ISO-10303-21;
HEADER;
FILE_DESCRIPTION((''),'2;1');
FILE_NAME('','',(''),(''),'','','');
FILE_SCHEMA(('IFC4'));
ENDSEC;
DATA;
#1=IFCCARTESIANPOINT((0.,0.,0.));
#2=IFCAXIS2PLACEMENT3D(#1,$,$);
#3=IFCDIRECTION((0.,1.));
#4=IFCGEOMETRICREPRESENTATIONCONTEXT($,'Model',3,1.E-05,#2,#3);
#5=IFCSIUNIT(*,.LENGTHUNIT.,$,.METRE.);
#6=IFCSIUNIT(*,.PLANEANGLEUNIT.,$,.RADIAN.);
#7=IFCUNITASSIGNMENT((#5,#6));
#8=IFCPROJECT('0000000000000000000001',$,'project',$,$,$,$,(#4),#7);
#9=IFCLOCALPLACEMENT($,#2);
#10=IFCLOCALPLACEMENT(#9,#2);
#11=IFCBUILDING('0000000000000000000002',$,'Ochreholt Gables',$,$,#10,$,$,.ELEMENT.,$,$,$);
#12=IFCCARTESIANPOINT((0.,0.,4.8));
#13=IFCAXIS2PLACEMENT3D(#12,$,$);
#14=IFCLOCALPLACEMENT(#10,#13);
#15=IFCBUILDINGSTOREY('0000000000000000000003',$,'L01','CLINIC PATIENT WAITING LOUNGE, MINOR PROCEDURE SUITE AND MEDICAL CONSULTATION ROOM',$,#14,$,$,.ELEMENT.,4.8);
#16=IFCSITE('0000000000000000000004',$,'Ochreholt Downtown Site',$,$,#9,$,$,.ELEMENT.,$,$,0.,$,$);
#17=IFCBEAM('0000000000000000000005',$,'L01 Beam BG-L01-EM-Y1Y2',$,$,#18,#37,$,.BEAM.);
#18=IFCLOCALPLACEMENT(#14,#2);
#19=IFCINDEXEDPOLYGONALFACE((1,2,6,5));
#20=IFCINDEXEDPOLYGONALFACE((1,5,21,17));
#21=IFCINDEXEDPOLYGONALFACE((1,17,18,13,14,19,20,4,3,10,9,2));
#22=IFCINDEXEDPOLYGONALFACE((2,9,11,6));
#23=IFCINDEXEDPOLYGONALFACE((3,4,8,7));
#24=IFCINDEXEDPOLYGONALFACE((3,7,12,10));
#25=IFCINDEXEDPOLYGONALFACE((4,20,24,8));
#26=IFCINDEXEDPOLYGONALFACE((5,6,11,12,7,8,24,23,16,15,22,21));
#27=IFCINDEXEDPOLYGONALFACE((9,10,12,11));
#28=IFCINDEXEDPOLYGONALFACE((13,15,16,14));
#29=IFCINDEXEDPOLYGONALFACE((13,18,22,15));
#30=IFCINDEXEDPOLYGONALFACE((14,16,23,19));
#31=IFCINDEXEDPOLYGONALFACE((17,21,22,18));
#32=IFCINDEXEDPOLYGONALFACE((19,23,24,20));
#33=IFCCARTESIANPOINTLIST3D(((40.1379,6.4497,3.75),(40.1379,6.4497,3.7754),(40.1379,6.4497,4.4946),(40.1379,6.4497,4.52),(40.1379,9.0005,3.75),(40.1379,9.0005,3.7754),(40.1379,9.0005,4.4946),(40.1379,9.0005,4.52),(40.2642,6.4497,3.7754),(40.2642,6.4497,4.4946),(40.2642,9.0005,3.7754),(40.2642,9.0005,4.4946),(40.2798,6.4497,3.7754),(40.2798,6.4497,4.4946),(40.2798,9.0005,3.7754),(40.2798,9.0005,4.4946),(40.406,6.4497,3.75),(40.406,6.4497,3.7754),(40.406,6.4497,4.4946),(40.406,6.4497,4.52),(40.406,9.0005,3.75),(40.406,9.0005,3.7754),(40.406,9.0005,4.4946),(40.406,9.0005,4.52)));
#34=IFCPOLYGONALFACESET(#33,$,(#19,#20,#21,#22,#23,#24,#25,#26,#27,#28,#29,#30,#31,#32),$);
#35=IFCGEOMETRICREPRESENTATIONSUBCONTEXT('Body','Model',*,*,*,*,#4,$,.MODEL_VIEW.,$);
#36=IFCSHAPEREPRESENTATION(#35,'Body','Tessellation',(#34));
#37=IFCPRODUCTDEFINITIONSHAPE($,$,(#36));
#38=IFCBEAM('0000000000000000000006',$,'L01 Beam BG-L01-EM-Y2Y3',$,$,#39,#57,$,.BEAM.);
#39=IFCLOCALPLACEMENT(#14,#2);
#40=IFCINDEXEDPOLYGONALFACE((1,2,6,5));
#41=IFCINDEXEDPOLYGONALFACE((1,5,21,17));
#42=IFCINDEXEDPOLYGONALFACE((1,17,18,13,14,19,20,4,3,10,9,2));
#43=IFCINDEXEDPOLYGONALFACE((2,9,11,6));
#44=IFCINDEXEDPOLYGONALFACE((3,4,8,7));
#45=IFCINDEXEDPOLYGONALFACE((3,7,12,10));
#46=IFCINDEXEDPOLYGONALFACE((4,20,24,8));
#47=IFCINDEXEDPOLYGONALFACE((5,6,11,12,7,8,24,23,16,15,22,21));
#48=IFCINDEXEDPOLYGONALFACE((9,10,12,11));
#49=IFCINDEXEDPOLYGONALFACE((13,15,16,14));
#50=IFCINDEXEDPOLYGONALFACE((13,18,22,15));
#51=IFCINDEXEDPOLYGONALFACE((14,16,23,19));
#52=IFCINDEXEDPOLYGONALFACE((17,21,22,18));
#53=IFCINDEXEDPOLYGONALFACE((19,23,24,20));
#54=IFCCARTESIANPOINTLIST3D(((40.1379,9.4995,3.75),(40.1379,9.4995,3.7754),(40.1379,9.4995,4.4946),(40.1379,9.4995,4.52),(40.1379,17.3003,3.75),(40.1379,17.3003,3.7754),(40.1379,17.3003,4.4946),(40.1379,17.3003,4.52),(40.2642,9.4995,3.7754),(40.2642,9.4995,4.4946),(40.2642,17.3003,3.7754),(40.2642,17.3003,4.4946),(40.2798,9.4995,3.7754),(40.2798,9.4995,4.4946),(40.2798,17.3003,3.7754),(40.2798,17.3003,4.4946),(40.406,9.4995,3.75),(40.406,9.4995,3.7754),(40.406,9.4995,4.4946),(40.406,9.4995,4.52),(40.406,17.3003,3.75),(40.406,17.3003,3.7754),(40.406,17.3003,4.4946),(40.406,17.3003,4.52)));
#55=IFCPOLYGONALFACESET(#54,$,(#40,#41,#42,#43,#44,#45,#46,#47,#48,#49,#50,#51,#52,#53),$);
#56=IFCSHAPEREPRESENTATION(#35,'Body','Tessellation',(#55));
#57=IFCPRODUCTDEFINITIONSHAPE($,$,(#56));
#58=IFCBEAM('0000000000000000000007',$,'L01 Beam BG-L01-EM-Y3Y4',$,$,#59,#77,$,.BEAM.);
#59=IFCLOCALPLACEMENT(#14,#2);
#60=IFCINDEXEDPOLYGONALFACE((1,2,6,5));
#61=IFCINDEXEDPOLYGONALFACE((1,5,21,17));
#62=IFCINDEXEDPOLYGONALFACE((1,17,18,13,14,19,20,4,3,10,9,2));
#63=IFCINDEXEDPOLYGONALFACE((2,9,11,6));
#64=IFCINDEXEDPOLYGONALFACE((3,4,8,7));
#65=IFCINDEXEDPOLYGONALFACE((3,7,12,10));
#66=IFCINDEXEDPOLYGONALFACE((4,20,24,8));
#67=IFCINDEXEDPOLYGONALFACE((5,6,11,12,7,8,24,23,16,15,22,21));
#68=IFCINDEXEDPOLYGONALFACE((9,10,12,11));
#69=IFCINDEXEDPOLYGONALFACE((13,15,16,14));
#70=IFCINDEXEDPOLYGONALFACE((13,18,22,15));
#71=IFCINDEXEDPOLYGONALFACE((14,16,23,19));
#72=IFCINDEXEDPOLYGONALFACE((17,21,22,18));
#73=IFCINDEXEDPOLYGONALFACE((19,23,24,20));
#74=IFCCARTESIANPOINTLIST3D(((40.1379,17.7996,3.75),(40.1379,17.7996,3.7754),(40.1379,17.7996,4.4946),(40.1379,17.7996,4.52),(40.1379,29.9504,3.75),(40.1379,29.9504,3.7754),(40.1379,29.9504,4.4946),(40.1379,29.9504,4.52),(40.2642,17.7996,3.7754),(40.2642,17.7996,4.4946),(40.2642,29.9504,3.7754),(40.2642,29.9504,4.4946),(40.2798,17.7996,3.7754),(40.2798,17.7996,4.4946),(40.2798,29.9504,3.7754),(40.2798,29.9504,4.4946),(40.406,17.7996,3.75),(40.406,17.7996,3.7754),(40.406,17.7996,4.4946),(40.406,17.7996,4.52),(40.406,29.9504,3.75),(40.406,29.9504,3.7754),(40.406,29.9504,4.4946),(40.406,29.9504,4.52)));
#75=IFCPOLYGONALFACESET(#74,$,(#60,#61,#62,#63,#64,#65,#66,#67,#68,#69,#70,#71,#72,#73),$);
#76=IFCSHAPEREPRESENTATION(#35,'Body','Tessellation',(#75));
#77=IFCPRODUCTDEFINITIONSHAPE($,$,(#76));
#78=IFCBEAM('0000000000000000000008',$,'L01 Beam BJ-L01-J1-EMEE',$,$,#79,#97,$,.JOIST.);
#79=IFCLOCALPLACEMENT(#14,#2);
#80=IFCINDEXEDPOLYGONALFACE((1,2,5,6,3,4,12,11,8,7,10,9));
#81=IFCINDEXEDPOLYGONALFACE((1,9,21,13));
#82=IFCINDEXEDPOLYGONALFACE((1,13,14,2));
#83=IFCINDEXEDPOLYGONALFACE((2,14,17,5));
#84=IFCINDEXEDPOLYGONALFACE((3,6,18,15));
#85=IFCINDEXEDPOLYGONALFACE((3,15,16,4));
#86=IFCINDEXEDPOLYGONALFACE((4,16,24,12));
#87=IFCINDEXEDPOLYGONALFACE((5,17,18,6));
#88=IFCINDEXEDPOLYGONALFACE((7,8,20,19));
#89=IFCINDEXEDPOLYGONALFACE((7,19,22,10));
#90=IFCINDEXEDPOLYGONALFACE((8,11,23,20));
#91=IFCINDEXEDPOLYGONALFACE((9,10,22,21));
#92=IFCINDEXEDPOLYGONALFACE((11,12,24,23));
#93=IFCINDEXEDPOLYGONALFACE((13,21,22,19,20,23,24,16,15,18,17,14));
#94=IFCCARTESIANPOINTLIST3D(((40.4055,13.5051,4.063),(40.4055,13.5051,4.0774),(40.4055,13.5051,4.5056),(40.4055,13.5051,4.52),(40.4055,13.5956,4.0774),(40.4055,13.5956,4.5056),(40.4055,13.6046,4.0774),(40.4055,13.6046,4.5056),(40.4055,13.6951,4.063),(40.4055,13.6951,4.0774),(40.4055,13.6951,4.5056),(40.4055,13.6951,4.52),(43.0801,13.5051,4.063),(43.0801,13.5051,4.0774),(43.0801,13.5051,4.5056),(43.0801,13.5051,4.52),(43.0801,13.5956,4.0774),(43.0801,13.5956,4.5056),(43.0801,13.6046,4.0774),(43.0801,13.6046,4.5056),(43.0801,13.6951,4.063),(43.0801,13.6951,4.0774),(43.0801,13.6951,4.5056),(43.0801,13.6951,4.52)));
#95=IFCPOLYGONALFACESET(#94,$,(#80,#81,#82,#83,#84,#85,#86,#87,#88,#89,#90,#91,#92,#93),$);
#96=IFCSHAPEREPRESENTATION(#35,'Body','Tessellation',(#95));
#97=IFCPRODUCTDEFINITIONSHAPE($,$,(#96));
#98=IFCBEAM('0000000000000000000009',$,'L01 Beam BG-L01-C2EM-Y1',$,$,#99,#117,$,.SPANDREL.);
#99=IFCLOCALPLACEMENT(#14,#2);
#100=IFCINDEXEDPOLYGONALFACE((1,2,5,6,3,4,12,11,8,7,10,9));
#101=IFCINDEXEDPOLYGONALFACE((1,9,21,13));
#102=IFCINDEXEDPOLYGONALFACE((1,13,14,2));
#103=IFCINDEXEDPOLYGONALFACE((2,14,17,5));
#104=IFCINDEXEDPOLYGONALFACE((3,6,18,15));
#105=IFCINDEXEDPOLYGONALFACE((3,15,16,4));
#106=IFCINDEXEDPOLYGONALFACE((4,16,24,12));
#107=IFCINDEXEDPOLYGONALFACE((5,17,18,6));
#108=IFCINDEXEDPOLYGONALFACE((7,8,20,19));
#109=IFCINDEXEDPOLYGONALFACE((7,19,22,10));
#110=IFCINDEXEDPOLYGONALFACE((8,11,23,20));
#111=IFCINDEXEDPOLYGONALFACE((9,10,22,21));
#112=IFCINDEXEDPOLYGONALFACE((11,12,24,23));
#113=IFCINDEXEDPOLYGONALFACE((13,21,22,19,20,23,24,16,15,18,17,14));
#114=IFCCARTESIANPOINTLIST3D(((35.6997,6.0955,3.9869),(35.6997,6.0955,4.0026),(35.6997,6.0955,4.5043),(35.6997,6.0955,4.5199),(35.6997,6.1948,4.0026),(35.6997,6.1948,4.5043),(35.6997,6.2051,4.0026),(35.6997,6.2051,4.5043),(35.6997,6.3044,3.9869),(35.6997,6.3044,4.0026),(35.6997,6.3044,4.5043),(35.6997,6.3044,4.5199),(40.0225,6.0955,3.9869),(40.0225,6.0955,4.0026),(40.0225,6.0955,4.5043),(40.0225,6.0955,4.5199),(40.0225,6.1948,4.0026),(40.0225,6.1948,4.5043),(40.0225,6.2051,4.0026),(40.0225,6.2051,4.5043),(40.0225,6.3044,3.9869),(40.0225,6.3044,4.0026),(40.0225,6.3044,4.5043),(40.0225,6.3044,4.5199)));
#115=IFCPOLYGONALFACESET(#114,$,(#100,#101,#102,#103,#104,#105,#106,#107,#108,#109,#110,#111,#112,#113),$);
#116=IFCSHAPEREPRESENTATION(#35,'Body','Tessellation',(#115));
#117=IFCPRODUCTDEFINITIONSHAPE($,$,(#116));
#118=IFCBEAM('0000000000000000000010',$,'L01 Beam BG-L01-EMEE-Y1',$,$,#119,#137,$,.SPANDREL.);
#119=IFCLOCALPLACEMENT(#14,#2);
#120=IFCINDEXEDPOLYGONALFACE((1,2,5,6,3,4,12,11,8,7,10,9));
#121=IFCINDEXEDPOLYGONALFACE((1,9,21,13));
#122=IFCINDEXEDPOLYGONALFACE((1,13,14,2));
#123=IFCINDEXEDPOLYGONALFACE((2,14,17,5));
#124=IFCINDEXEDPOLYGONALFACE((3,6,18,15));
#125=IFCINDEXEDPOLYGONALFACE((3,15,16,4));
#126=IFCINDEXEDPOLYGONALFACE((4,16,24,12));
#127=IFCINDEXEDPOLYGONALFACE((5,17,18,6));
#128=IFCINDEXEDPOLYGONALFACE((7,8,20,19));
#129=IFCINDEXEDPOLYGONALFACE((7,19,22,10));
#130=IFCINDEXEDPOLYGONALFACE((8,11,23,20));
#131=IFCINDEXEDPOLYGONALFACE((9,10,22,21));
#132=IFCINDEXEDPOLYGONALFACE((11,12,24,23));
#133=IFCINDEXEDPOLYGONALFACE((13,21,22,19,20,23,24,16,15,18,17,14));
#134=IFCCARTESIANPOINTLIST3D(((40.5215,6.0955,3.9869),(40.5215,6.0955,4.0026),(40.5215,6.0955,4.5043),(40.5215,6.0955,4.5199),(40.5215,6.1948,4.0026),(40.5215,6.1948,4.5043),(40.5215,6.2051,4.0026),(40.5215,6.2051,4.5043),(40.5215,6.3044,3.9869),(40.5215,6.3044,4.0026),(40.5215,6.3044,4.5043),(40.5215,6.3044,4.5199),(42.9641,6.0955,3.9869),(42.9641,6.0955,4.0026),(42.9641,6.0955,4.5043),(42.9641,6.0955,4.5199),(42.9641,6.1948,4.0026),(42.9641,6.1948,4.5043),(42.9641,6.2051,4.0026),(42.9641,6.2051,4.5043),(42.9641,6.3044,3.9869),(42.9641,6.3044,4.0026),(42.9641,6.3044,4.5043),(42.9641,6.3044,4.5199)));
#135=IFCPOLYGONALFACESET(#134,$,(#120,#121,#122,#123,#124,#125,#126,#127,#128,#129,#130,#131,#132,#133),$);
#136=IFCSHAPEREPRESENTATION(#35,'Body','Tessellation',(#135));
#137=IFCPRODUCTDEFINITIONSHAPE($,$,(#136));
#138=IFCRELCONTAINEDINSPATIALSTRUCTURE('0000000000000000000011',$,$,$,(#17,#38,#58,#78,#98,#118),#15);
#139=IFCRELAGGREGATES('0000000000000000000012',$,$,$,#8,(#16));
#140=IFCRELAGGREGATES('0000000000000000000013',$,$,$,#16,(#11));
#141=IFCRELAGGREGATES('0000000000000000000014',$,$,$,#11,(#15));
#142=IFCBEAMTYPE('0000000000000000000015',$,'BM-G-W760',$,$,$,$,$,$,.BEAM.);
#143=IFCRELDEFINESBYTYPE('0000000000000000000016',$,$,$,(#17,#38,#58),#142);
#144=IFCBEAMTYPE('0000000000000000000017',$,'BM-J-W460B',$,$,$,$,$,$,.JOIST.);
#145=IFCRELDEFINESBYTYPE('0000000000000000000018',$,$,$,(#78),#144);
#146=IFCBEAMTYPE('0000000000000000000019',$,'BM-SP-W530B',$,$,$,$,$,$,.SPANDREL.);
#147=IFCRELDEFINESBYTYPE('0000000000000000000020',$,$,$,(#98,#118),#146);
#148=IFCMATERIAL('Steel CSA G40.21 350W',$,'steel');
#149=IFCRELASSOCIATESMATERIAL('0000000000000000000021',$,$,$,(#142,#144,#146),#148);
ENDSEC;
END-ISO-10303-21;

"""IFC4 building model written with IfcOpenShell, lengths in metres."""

from ifc_helpers import new_model, si_unit, direction, frame, origin, origin_2d, place, context, subcontext, project, spatial, i_section, extrude, material, material_profile, profile_set, type_object, element, save


model = new_model("IFC4")

# Units and contexts
model_context = context("Model", 3, precision=1e-05, world=origin(), true_north=direction((0.0, 1.0)))
body_context = subcontext(model_context, "Body", "Model", "MODEL_VIEW")
ifc_project = project(units=[si_unit("LENGTHUNIT", "METRE"), si_unit("PLANEANGLEUNIT", "RADIAN")], contexts=[model_context])

# Site, building, storey
site_placement = place(None, origin())
site = spatial("IfcSite", under=ifc_project, at=site_placement, Name="Ochreholt Downtown Site", CompositionType="ELEMENT", RefElevation=0.0)
building_placement = place(site_placement, origin())
building = spatial("IfcBuilding", under=site, at=building_placement, Name="Ochreholt Gables", CompositionType="ELEMENT")
storey_placement = place(building_placement, frame((0.0, 0.0, 4.8)))
storey = spatial("IfcBuildingStorey", under=building, at=storey_placement, Name="L01", Description="CLINIC PATIENT WAITING LOUNGE, MINOR PROCEDURE SUITE AND MEDICAL CONSULTATION ROOM", CompositionType="ELEMENT", Elevation=4.8)

# Shared definitions
ifc_material_1 = material(Name="Steel CSA G40.21 350W", Category="steel")

# Beams
ifc_material_profile_1 = material_profile(ifc_material_1, i_section(OverallWidth=0.2681, OverallDepth=0.77, WebThickness=0.0156, FlangeThickness=0.0254, at=origin_2d()), Name="W760X196")
ifc_profile_set_1 = profile_set([ifc_material_profile_1], Name="Steel CSA G40.21 350W")
beam_type_1 = type_object("IfcBeamType", Name="BM-G-W760", PredefinedType="BEAM", material=ifc_profile_set_1)
beam_1_placement = place(storey_placement, frame((40.272, 6.4497, 4.135), z_axis=(0.0, 1.0, 0.0), x_axis=(-1.0, 0.0, 0.0)))
element("IfcBeam", 1, at=beam_1_placement, inside=storey, type_object=beam_type_1, Name="L01 Beam BG-L01-EM-Y1Y2", PredefinedType="BEAM", context=body_context, shape_type="SweptSolid", body=[
    extrude(i_section(OverallWidth=0.2681, OverallDepth=0.77, WebThickness=0.0156, FlangeThickness=0.0254, at=origin_2d()), origin(), (0.0, 0.0, 1.0), 2.5508),
])
beam_2_placement = place(storey_placement, frame((40.272, 9.4995, 4.135), z_axis=(0.0, 1.0, 0.0), x_axis=(-1.0, 0.0, 0.0)))
element("IfcBeam", 2, at=beam_2_placement, inside=storey, type_object=beam_type_1, Name="L01 Beam BG-L01-EM-Y2Y3", PredefinedType="BEAM", context=body_context, shape_type="SweptSolid", body=[
    extrude(i_section(OverallWidth=0.2681, OverallDepth=0.77, WebThickness=0.0156, FlangeThickness=0.0254, at=origin_2d()), origin(), (0.0, 0.0, 1.0), 7.8008),
])
beam_3_placement = place(storey_placement, frame((40.272, 17.7996, 4.135), z_axis=(0.0, 1.0, 0.0), x_axis=(-1.0, 0.0, 0.0)))
element("IfcBeam", 3, at=beam_3_placement, inside=storey, type_object=beam_type_1, Name="L01 Beam BG-L01-EM-Y3Y4", PredefinedType="BEAM", context=body_context, shape_type="SweptSolid", body=[
    extrude(i_section(OverallWidth=0.2681, OverallDepth=0.77, WebThickness=0.0156, FlangeThickness=0.0254, at=origin_2d()), origin(), (0.0, 0.0, 1.0), 12.1509),
])
ifc_material_profile_2 = material_profile(ifc_material_1, i_section(OverallWidth=0.1899, OverallDepth=0.457, WebThickness=0.009, FlangeThickness=0.0144, at=origin_2d()), Name="W460X74")
ifc_profile_set_2 = profile_set([ifc_material_profile_2], Name="Steel CSA G40.21 350W")
beam_type_2 = type_object("IfcBeamType", Name="BM-J-W460B", PredefinedType="JOIST", material=ifc_profile_set_2)
beam_4_placement = place(storey_placement, frame((40.4055, 13.6001, 4.2915), z_axis=(1.0, 0.0, 0.0), x_axis=(0.0, 1.0, 0.0)))
element("IfcBeam", 4, at=beam_4_placement, inside=storey, type_object=beam_type_2, Name="L01 Beam BJ-L01-J1-EMEE", PredefinedType="JOIST", context=body_context, shape_type="SweptSolid", body=[
    extrude(i_section(OverallWidth=0.1899, OverallDepth=0.457, WebThickness=0.009, FlangeThickness=0.0144, at=origin_2d()), origin(), (0.0, 0.0, 1.0), 2.6746),
])
ifc_material_profile_3 = material_profile(ifc_material_1, i_section(OverallWidth=0.209, OverallDepth=0.533, WebThickness=0.0103, FlangeThickness=0.0156, at=origin_2d()), Name="W530X92")
ifc_profile_set_3 = profile_set([ifc_material_profile_3], Name="Steel CSA G40.21 350W")
beam_type_3 = type_object("IfcBeamType", Name="BM-SP-W530B", PredefinedType="SPANDREL", material=ifc_profile_set_3)
beam_5_placement = place(storey_placement, frame((35.6997, 6.2, 4.2534), z_axis=(1.0, 0.0, 0.0), x_axis=(0.0, 1.0, 0.0)))
element("IfcBeam", 5, at=beam_5_placement, inside=storey, type_object=beam_type_3, Name="L01 Beam BG-L01-C2EM-Y1", PredefinedType="SPANDREL", context=body_context, shape_type="SweptSolid", body=[
    extrude(i_section(OverallWidth=0.209, OverallDepth=0.533, WebThickness=0.0103, FlangeThickness=0.0156, at=origin_2d()), origin(), (0.0, 0.0, 1.0), 4.3228),
])
beam_6_placement = place(storey_placement, frame((40.5215, 6.2, 4.2534), z_axis=(1.0, 0.0, 0.0), x_axis=(0.0, 1.0, 0.0)))
element("IfcBeam", 6, at=beam_6_placement, inside=storey, type_object=beam_type_3, Name="L01 Beam BG-L01-EMEE-Y1", PredefinedType="SPANDREL", context=body_context, shape_type="SweptSolid", body=[
    extrude(i_section(OverallWidth=0.209, OverallDepth=0.533, WebThickness=0.0103, FlangeThickness=0.0156, at=origin_2d()), origin(), (0.0, 0.0, 1.0), 2.4426),
])

save(model, "model.ifc")
